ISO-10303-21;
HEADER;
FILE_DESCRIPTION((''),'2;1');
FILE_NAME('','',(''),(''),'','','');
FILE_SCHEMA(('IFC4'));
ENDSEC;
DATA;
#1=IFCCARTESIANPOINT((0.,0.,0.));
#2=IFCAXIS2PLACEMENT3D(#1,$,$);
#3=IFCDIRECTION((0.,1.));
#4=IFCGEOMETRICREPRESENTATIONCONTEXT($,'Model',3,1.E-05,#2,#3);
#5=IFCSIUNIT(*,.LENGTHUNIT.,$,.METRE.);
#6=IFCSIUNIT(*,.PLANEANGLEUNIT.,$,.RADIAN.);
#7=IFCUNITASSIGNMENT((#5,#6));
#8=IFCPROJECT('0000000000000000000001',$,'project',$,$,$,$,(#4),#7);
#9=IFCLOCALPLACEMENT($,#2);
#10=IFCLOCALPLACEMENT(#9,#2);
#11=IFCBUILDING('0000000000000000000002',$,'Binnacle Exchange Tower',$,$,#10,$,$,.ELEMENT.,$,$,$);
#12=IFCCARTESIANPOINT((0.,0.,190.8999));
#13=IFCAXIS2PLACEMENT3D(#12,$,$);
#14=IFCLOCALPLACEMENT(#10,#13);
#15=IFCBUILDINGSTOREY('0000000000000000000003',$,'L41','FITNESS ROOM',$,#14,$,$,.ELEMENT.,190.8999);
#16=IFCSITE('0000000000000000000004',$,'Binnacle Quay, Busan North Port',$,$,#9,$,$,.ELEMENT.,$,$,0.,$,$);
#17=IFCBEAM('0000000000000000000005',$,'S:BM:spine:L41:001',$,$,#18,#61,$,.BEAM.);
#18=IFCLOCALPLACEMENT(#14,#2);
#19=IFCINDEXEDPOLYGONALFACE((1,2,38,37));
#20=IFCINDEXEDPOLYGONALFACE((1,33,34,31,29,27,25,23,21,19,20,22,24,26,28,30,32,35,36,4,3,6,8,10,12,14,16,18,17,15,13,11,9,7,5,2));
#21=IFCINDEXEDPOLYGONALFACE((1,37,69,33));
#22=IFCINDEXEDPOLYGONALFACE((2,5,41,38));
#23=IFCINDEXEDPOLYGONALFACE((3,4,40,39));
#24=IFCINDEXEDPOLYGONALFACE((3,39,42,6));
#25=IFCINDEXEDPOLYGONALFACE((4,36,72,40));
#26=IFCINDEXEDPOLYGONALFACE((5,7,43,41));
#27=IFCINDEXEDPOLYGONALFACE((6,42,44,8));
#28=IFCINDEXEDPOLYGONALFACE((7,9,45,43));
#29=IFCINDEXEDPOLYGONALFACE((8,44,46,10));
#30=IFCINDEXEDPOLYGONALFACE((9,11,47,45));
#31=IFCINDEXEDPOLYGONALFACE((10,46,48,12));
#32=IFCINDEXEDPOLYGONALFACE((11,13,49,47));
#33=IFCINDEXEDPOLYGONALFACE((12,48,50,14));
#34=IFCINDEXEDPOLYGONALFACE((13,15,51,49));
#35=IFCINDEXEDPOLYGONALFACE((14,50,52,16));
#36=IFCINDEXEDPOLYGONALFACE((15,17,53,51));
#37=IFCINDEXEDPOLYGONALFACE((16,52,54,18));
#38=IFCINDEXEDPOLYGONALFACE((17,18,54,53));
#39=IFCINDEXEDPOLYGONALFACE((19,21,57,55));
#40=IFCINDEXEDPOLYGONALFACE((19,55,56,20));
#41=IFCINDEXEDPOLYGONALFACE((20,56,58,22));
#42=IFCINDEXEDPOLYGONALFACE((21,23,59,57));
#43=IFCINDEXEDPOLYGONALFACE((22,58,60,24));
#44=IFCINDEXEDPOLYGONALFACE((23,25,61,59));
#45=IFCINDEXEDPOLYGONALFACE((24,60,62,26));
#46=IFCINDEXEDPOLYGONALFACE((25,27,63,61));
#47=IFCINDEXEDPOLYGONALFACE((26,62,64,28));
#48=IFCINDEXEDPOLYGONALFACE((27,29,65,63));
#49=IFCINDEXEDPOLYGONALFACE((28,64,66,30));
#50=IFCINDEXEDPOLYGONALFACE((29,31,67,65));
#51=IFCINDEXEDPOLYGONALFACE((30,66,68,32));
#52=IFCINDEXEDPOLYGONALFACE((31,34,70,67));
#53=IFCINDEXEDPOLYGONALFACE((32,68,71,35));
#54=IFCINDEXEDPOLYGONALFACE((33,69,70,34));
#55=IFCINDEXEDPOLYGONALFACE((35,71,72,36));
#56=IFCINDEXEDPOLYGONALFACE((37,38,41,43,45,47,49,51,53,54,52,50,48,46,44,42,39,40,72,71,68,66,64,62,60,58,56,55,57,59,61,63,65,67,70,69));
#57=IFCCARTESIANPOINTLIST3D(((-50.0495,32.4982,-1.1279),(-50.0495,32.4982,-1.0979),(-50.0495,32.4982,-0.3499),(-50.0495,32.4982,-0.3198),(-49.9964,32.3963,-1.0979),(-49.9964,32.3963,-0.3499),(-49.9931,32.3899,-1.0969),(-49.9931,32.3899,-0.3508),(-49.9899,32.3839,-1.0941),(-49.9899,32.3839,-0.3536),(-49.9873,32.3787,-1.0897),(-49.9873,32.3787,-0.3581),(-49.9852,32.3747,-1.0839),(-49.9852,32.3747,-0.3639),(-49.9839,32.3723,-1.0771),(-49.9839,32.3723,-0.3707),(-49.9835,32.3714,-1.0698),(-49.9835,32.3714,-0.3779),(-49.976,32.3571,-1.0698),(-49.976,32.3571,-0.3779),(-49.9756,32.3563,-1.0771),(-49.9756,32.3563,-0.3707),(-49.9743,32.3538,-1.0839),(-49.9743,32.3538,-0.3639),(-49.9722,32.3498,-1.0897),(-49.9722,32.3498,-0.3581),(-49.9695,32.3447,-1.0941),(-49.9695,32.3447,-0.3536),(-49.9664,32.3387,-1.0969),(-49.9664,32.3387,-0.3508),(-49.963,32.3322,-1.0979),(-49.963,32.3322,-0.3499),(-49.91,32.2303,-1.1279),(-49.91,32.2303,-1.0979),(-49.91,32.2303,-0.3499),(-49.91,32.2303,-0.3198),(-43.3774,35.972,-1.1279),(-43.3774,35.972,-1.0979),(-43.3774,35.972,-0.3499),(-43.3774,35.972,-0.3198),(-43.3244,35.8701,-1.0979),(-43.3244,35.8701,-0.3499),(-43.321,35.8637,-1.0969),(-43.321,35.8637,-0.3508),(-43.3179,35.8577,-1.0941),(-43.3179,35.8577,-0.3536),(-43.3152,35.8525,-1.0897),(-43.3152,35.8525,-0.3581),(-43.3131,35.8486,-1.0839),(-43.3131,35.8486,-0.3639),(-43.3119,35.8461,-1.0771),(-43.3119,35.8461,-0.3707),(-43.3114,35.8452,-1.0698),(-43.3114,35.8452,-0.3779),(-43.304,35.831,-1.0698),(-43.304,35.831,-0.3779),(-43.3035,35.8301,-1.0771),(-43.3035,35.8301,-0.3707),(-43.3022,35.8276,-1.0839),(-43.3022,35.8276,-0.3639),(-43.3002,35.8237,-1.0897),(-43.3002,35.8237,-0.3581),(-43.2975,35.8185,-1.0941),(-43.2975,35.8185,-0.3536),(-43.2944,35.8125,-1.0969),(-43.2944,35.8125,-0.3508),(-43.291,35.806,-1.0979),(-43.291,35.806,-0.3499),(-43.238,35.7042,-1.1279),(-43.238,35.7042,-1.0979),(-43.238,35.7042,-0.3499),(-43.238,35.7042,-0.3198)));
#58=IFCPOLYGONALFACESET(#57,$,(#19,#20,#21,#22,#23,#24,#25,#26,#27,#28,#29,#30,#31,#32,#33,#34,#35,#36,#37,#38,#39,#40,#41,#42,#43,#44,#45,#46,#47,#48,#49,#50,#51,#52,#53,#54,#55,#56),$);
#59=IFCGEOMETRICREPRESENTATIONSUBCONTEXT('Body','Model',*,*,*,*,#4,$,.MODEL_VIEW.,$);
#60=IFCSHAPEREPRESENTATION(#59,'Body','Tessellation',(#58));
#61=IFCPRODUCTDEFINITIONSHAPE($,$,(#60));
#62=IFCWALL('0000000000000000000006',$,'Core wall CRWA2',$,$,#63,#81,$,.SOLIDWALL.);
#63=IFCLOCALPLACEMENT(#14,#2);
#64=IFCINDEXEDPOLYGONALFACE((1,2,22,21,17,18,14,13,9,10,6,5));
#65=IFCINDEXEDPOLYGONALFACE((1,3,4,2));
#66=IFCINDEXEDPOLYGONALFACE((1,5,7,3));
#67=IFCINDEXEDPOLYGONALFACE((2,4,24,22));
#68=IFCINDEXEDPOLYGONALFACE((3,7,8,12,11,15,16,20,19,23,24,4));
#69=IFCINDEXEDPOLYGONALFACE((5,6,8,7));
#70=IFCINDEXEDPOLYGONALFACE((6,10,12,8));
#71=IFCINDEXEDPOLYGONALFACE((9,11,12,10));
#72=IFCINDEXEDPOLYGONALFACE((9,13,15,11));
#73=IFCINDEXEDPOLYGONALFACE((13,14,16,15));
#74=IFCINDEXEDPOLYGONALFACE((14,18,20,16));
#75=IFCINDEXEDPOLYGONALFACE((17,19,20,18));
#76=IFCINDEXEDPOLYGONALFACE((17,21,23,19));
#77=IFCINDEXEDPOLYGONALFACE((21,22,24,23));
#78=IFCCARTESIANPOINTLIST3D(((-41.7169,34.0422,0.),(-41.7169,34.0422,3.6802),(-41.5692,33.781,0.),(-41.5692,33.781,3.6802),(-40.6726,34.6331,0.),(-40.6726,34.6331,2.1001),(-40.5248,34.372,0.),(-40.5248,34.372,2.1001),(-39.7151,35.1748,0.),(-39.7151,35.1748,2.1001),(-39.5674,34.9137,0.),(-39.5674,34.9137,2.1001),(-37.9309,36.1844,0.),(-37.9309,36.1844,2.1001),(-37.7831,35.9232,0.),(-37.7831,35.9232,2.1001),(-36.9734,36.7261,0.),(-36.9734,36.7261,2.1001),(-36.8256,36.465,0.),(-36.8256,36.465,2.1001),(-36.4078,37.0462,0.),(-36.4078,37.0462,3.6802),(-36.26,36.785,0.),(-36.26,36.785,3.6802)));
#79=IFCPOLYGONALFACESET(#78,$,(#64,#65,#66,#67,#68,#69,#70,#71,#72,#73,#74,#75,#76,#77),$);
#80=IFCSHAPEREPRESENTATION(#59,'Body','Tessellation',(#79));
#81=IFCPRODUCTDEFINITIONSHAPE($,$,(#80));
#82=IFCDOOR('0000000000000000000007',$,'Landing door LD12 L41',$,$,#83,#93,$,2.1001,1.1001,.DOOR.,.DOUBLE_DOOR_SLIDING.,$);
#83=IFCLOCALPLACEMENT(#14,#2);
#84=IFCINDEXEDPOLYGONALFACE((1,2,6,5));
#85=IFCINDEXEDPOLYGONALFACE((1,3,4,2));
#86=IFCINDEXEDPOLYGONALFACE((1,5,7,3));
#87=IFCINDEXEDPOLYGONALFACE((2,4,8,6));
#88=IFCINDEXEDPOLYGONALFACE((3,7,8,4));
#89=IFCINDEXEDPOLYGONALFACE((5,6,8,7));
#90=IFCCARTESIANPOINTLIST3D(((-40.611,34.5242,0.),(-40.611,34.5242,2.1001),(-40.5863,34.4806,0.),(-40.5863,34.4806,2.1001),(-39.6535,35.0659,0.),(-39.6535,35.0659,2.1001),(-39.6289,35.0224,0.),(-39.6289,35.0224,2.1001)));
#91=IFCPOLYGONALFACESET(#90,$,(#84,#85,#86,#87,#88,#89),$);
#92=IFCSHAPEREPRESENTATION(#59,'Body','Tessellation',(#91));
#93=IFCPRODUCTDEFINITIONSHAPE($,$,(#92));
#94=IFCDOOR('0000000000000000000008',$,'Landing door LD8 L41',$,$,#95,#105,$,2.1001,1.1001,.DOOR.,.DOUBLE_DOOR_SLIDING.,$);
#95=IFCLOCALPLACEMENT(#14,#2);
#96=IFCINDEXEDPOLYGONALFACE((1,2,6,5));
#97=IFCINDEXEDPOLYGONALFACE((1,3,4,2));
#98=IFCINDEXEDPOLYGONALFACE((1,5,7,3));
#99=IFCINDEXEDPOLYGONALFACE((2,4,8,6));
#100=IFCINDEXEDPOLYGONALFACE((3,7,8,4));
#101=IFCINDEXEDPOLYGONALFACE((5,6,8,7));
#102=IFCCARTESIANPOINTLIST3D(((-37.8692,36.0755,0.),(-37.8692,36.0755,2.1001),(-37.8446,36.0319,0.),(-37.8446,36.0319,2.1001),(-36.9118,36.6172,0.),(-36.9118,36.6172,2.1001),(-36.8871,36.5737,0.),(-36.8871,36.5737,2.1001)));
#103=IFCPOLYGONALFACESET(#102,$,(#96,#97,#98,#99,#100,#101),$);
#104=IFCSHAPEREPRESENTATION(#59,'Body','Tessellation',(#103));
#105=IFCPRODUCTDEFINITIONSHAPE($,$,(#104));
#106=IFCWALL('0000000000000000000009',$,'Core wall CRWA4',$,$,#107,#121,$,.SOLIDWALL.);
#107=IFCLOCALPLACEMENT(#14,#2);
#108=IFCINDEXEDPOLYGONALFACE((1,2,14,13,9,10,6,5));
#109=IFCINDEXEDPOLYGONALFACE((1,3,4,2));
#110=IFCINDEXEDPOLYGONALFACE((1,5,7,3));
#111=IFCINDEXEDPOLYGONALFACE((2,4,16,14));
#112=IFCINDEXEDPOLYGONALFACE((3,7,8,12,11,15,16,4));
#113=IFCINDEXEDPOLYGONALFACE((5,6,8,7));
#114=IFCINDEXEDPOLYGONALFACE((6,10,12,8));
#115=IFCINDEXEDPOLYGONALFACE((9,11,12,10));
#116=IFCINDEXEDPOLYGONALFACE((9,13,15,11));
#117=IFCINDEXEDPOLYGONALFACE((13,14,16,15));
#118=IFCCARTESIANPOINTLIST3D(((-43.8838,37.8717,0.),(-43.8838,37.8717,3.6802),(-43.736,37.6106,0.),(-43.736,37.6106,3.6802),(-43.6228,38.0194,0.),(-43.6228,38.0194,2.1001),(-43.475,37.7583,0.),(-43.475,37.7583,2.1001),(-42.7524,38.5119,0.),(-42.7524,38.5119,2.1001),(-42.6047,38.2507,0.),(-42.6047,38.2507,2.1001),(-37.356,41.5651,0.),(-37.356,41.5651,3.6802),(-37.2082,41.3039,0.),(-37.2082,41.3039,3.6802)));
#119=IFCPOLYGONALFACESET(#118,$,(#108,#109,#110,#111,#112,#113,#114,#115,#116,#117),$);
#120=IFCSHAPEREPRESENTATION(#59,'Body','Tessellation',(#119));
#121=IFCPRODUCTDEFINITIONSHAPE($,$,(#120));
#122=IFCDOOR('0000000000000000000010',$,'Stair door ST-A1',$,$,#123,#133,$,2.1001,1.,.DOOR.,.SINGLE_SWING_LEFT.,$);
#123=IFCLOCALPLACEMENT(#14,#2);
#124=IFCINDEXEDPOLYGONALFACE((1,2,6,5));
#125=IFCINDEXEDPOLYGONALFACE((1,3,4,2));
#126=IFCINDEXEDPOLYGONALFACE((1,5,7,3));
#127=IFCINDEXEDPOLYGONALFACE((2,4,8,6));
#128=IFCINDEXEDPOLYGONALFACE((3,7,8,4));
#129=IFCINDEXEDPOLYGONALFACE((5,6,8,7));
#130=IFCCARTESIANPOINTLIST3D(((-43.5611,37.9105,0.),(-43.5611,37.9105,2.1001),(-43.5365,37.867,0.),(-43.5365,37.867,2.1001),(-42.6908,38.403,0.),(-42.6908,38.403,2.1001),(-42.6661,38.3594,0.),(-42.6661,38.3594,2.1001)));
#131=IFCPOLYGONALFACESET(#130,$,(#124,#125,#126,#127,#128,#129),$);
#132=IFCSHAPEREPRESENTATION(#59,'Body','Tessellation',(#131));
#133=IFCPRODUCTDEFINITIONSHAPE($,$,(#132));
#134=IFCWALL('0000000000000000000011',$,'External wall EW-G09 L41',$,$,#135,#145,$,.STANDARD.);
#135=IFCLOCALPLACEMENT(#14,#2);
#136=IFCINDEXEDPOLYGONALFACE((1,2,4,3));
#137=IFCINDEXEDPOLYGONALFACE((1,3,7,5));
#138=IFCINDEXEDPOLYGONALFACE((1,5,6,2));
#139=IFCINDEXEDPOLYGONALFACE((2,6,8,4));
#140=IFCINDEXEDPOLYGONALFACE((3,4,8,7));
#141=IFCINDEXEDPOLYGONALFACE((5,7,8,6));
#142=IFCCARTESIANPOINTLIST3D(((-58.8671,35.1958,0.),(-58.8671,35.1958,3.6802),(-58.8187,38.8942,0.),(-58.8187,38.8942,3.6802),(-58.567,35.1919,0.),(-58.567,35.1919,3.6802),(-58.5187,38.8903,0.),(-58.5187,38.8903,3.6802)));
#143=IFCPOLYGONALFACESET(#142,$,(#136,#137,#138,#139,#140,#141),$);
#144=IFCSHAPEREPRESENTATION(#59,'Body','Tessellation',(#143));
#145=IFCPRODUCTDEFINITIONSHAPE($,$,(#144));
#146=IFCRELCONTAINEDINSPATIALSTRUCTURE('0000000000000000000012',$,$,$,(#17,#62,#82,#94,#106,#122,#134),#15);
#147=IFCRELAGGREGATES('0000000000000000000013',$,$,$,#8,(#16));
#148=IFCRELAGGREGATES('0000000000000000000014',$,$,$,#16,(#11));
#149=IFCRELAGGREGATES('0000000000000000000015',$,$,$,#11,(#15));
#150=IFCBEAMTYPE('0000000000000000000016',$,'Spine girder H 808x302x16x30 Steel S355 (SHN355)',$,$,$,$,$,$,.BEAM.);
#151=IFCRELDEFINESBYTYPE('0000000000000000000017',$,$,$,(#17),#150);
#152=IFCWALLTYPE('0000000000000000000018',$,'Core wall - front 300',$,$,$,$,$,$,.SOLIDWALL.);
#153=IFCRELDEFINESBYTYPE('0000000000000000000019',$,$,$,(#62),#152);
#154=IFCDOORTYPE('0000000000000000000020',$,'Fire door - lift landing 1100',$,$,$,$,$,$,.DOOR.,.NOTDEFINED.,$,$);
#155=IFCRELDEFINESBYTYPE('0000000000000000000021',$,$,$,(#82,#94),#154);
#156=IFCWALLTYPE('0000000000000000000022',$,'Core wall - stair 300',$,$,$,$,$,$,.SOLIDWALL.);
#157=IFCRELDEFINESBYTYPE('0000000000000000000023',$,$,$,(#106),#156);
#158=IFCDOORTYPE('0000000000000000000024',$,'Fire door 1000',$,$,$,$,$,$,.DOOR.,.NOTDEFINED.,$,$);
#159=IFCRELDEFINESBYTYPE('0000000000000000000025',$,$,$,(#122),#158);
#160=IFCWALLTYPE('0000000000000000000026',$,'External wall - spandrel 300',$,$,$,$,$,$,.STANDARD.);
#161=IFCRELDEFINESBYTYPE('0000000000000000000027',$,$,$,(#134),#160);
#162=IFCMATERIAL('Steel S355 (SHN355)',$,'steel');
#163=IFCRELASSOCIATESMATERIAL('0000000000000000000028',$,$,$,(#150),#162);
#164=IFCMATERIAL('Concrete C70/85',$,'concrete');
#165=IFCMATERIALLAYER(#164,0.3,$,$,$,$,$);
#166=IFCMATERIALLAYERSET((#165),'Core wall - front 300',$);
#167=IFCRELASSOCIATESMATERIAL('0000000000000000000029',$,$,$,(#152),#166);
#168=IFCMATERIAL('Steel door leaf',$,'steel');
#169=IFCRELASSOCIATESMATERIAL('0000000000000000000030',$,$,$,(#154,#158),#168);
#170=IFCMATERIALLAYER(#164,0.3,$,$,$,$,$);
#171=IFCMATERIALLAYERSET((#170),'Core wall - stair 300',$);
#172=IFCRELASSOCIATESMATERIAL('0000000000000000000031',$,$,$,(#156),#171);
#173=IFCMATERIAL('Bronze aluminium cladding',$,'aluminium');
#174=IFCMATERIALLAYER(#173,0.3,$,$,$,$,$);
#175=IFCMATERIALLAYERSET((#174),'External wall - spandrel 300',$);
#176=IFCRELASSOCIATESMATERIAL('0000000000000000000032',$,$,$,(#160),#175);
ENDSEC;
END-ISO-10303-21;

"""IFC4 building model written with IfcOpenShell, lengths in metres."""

from ifc_helpers import new_model, si_unit, direction, frame, frame_2d, origin, origin_2d, place, context, subcontext, project, spatial, rectangle, i_section, extrude, material, layer, layer_set, material_profile, profile_set, type_object, element, fill, save


model = new_model("IFC4")

# Units and contexts
model_context = context("Model", 3, precision=1e-05, world=origin(), true_north=direction((0.0, 1.0)))
body_context = subcontext(model_context, "Body", "Model", "MODEL_VIEW")
ifc_project = project(units=[si_unit("LENGTHUNIT", "METRE"), si_unit("PLANEANGLEUNIT", "RADIAN")], contexts=[model_context])

# Site, building, storey
site_placement = place(None, origin())
site = spatial("IfcSite", under=ifc_project, at=site_placement, Name="Binnacle Quay, Busan North Port", CompositionType="ELEMENT", RefElevation=0.0)
building_placement = place(site_placement, origin())
building = spatial("IfcBuilding", under=site, at=building_placement, Name="Binnacle Exchange Tower", CompositionType="ELEMENT")
storey_placement = place(building_placement, frame((0.0, 0.0, 190.8999)))
storey = spatial("IfcBuildingStorey", under=building, at=storey_placement, Name="L41", Description="FITNESS ROOM", CompositionType="ELEMENT", Elevation=190.8999)

# Shared definitions
ifc_material_1 = material(Name="Concrete C70/85", Category="concrete")

# Beam
ifc_material_2 = material(Name="Steel S355 (SHN355)", Category="steel")
ifc_material_profile_1 = material_profile(ifc_material_2, i_section(OverallWidth=0.302, OverallDepth=0.8081, WebThickness=0.0161, FlangeThickness=0.03, FilletRadius=0.0281, at=origin_2d()), Name="H 808x302x16x30")
ifc_profile_set_1 = profile_set([ifc_material_profile_1], Name="Steel S355 (SHN355)")
beam_type_1 = type_object("IfcBeamType", Name="Spine girder H 808x302x16x30 Steel S355 (SHN355)", PredefinedType="BEAM", material=ifc_profile_set_1)
beam_1_placement = place(storey_placement, frame((-49.9797, 32.3643, -0.7239), z_axis=(0.886979, 0.46181, 0.0), x_axis=(-0.46181, 0.886979, 0.0)))
element("IfcBeam", 1, at=beam_1_placement, inside=storey, type_object=beam_type_1, Name="S:BM:spine:L41:001", PredefinedType="BEAM", context=body_context, shape_type="SweptSolid", body=[
    extrude(i_section(OverallWidth=0.302, OverallDepth=0.8081, WebThickness=0.0161, FlangeThickness=0.03, FilletRadius=0.0281, at=origin_2d()), origin(), (0.0, 0.0, 1.0), 7.5222),
])

# Wall, openings, doors
ifc_layer_1 = layer(ifc_material_1, 0.3)
ifc_layer_set_1 = layer_set([ifc_layer_1], Name="Core wall - front 300")
wall_type_1 = type_object("IfcWallType", Name="Core wall - front 300", PredefinedType="SOLIDWALL", material=ifc_layer_set_1)
wall_1_placement = place(storey_placement, frame((-41.6431, 33.9116, 0.0), z_axis=(0.0, 0.0, 1.0), x_axis=(0.870344, 0.492445, 0.0)))
wall_1 = element("IfcWall", 2, at=wall_1_placement, inside=storey, type_object=wall_type_1, Name="Core wall CRWA2", PredefinedType="SOLIDWALL", context=body_context, shape_type="SweptSolid", body=[
    extrude(rectangle(XDim=6.1001, YDim=0.3, at=frame_2d((3.05, 0.0))), origin(), (0.0, 0.0, 1.0), 3.6802),
])
opening_1_placement = place(wall_1_placement, frame((1.2, 0.0, 0.0)))
opening_1 = element("IfcOpeningElement", 3, at=opening_1_placement, cuts=wall_1, PredefinedType="OPENING", context=body_context, shape_type="SweptSolid", body=[
    extrude(rectangle(XDim=1.1001, YDim=2.1001, at=frame_2d((0.55, 1.05))), frame((0.0, 0.1599, 0.0), z_axis=(0.0, -1.0, 0.0), x_axis=(1.0, 0.0, 0.0)), (0.0, 0.0, 1.0), 0.3201),
])
opening_2_placement = place(wall_1_placement, frame((4.3501, 0.0, 0.0)))
opening_2 = element("IfcOpeningElement", 4, at=opening_2_placement, cuts=wall_1, PredefinedType="OPENING", context=body_context, shape_type="SweptSolid", body=[
    extrude(rectangle(XDim=1.1001, YDim=2.1001, at=frame_2d((0.55, 1.05))), frame((0.0, 0.1599, 0.0), z_axis=(0.0, -1.0, 0.0), x_axis=(1.0, 0.0, 0.0)), (0.0, 0.0, 1.0), 0.3201),
])
ifc_material_3 = material(Name="Steel door leaf", Category="steel")
door_type_1 = type_object("IfcDoorType", Name="Fire door - lift landing 1100", OperationType="NOTDEFINED", PredefinedType="DOOR", material=ifc_material_3)
door_1_placement = place(opening_1_placement, origin())
door_1 = element("IfcDoor", 5, at=door_1_placement, inside=storey, type_object=door_type_1, Name="Landing door LD12 L41", OperationType="DOUBLE_DOOR_SLIDING", OverallHeight=2.1001, OverallWidth=1.1001, PredefinedType="DOOR", context=body_context, shape_type="SweptSolid", body=[
    extrude(rectangle(XDim=1.1001, YDim=2.1001, at=frame_2d((0.55, 1.05))), frame((0.0, 0.0249, 0.0), z_axis=(0.0, -1.0, 0.0), x_axis=(1.0, 0.0, 0.0)), (0.0, 0.0, 1.0), 0.05),
])
fill(opening_1, door_1)
door_2_placement = place(opening_2_placement, origin())
door_2 = element("IfcDoor", 6, at=door_2_placement, inside=storey, type_object=door_type_1, Name="Landing door LD8 L41", OperationType="DOUBLE_DOOR_SLIDING", OverallHeight=2.1001, OverallWidth=1.1001, PredefinedType="DOOR", context=body_context, shape_type="SweptSolid", body=[
    extrude(rectangle(XDim=1.1001, YDim=2.1001, at=frame_2d((0.55, 1.05))), frame((0.0, 0.0249, 0.0), z_axis=(0.0, -1.0, 0.0), x_axis=(1.0, 0.0, 0.0)), (0.0, 0.0, 1.0), 0.05),
])
fill(opening_2, door_2)

# Wall, opening, door
ifc_layer_2 = layer(ifc_material_1, 0.3)
ifc_layer_set_2 = layer_set([ifc_layer_2], Name="Core wall - stair 300")
wall_type_2 = type_object("IfcWallType", Name="Core wall - stair 300", PredefinedType="SOLIDWALL", material=ifc_layer_set_2)
wall_2_placement = place(storey_placement, frame((-43.8098, 37.7412, 0.0), z_axis=(0.0, 0.0, 1.0), x_axis=(0.870351, 0.492433, 0.0)))
wall_2 = element("IfcWall", 7, at=wall_2_placement, inside=storey, type_object=wall_type_2, Name="Core wall CRWA4", PredefinedType="SOLIDWALL", context=body_context, shape_type="SweptSolid", body=[
    extrude(rectangle(XDim=7.5002, YDim=0.3, at=frame_2d((3.75, 0.0))), origin(), (0.0, 0.0, 1.0), 3.6802),
])
opening_3_placement = place(wall_2_placement, frame((0.2998, 0.0, 0.0)))
opening_3 = element("IfcOpeningElement", 8, at=opening_3_placement, cuts=wall_2, PredefinedType="OPENING", context=body_context, shape_type="SweptSolid", body=[
    extrude(rectangle(XDim=1.0, YDim=2.1001, at=frame_2d((0.5, 1.05))), frame((0.0, 0.1599, 0.0), z_axis=(0.0, -1.0, 0.0), x_axis=(1.0, 0.0, 0.0)), (0.0, 0.0, 1.0), 0.3201),
])
door_type_2 = type_object("IfcDoorType", Name="Fire door 1000", OperationType="NOTDEFINED", PredefinedType="DOOR", material=ifc_material_3)
door_3_placement = place(opening_3_placement, origin())
door_3 = element("IfcDoor", 9, at=door_3_placement, inside=storey, type_object=door_type_2, Name="Stair door ST-A1", OperationType="SINGLE_SWING_LEFT", OverallHeight=2.1001, OverallWidth=1.0, PredefinedType="DOOR", context=body_context, shape_type="SweptSolid", body=[
    extrude(rectangle(XDim=1.0, YDim=2.1001, at=frame_2d((0.5, 1.05))), frame((0.0, 0.0249, 0.0), z_axis=(0.0, -1.0, 0.0), x_axis=(1.0, 0.0, 0.0)), (0.0, 0.0, 1.0), 0.05),
])
fill(opening_3, door_3)

# Wall
ifc_material_4 = material(Name="Bronze aluminium cladding", Category="aluminium")
ifc_layer_3 = layer(ifc_material_4, 0.3)
ifc_layer_set_3 = layer_set([ifc_layer_3], Name="External wall - spandrel 300")
wall_type_3 = type_object("IfcWallType", Name="External wall - spandrel 300", PredefinedType="STANDARD", material=ifc_layer_set_3)
wall_3_placement = place(storey_placement, frame((-58.717, 35.1938, 0.0), z_axis=(0.0, 0.0, 1.0), x_axis=(0.013069, 0.999915, 0.0)))
element("IfcWall", 10, at=wall_3_placement, inside=storey, type_object=wall_type_3, Name="External wall EW-G09 L41", PredefinedType="STANDARD", context=body_context, shape_type="SweptSolid", body=[
    extrude(rectangle(XDim=3.6987, YDim=0.3, at=frame_2d((1.8494, 0.0))), origin(), (0.0, 0.0, 1.0), 3.6802),
])

save(model, "model.ifc")
